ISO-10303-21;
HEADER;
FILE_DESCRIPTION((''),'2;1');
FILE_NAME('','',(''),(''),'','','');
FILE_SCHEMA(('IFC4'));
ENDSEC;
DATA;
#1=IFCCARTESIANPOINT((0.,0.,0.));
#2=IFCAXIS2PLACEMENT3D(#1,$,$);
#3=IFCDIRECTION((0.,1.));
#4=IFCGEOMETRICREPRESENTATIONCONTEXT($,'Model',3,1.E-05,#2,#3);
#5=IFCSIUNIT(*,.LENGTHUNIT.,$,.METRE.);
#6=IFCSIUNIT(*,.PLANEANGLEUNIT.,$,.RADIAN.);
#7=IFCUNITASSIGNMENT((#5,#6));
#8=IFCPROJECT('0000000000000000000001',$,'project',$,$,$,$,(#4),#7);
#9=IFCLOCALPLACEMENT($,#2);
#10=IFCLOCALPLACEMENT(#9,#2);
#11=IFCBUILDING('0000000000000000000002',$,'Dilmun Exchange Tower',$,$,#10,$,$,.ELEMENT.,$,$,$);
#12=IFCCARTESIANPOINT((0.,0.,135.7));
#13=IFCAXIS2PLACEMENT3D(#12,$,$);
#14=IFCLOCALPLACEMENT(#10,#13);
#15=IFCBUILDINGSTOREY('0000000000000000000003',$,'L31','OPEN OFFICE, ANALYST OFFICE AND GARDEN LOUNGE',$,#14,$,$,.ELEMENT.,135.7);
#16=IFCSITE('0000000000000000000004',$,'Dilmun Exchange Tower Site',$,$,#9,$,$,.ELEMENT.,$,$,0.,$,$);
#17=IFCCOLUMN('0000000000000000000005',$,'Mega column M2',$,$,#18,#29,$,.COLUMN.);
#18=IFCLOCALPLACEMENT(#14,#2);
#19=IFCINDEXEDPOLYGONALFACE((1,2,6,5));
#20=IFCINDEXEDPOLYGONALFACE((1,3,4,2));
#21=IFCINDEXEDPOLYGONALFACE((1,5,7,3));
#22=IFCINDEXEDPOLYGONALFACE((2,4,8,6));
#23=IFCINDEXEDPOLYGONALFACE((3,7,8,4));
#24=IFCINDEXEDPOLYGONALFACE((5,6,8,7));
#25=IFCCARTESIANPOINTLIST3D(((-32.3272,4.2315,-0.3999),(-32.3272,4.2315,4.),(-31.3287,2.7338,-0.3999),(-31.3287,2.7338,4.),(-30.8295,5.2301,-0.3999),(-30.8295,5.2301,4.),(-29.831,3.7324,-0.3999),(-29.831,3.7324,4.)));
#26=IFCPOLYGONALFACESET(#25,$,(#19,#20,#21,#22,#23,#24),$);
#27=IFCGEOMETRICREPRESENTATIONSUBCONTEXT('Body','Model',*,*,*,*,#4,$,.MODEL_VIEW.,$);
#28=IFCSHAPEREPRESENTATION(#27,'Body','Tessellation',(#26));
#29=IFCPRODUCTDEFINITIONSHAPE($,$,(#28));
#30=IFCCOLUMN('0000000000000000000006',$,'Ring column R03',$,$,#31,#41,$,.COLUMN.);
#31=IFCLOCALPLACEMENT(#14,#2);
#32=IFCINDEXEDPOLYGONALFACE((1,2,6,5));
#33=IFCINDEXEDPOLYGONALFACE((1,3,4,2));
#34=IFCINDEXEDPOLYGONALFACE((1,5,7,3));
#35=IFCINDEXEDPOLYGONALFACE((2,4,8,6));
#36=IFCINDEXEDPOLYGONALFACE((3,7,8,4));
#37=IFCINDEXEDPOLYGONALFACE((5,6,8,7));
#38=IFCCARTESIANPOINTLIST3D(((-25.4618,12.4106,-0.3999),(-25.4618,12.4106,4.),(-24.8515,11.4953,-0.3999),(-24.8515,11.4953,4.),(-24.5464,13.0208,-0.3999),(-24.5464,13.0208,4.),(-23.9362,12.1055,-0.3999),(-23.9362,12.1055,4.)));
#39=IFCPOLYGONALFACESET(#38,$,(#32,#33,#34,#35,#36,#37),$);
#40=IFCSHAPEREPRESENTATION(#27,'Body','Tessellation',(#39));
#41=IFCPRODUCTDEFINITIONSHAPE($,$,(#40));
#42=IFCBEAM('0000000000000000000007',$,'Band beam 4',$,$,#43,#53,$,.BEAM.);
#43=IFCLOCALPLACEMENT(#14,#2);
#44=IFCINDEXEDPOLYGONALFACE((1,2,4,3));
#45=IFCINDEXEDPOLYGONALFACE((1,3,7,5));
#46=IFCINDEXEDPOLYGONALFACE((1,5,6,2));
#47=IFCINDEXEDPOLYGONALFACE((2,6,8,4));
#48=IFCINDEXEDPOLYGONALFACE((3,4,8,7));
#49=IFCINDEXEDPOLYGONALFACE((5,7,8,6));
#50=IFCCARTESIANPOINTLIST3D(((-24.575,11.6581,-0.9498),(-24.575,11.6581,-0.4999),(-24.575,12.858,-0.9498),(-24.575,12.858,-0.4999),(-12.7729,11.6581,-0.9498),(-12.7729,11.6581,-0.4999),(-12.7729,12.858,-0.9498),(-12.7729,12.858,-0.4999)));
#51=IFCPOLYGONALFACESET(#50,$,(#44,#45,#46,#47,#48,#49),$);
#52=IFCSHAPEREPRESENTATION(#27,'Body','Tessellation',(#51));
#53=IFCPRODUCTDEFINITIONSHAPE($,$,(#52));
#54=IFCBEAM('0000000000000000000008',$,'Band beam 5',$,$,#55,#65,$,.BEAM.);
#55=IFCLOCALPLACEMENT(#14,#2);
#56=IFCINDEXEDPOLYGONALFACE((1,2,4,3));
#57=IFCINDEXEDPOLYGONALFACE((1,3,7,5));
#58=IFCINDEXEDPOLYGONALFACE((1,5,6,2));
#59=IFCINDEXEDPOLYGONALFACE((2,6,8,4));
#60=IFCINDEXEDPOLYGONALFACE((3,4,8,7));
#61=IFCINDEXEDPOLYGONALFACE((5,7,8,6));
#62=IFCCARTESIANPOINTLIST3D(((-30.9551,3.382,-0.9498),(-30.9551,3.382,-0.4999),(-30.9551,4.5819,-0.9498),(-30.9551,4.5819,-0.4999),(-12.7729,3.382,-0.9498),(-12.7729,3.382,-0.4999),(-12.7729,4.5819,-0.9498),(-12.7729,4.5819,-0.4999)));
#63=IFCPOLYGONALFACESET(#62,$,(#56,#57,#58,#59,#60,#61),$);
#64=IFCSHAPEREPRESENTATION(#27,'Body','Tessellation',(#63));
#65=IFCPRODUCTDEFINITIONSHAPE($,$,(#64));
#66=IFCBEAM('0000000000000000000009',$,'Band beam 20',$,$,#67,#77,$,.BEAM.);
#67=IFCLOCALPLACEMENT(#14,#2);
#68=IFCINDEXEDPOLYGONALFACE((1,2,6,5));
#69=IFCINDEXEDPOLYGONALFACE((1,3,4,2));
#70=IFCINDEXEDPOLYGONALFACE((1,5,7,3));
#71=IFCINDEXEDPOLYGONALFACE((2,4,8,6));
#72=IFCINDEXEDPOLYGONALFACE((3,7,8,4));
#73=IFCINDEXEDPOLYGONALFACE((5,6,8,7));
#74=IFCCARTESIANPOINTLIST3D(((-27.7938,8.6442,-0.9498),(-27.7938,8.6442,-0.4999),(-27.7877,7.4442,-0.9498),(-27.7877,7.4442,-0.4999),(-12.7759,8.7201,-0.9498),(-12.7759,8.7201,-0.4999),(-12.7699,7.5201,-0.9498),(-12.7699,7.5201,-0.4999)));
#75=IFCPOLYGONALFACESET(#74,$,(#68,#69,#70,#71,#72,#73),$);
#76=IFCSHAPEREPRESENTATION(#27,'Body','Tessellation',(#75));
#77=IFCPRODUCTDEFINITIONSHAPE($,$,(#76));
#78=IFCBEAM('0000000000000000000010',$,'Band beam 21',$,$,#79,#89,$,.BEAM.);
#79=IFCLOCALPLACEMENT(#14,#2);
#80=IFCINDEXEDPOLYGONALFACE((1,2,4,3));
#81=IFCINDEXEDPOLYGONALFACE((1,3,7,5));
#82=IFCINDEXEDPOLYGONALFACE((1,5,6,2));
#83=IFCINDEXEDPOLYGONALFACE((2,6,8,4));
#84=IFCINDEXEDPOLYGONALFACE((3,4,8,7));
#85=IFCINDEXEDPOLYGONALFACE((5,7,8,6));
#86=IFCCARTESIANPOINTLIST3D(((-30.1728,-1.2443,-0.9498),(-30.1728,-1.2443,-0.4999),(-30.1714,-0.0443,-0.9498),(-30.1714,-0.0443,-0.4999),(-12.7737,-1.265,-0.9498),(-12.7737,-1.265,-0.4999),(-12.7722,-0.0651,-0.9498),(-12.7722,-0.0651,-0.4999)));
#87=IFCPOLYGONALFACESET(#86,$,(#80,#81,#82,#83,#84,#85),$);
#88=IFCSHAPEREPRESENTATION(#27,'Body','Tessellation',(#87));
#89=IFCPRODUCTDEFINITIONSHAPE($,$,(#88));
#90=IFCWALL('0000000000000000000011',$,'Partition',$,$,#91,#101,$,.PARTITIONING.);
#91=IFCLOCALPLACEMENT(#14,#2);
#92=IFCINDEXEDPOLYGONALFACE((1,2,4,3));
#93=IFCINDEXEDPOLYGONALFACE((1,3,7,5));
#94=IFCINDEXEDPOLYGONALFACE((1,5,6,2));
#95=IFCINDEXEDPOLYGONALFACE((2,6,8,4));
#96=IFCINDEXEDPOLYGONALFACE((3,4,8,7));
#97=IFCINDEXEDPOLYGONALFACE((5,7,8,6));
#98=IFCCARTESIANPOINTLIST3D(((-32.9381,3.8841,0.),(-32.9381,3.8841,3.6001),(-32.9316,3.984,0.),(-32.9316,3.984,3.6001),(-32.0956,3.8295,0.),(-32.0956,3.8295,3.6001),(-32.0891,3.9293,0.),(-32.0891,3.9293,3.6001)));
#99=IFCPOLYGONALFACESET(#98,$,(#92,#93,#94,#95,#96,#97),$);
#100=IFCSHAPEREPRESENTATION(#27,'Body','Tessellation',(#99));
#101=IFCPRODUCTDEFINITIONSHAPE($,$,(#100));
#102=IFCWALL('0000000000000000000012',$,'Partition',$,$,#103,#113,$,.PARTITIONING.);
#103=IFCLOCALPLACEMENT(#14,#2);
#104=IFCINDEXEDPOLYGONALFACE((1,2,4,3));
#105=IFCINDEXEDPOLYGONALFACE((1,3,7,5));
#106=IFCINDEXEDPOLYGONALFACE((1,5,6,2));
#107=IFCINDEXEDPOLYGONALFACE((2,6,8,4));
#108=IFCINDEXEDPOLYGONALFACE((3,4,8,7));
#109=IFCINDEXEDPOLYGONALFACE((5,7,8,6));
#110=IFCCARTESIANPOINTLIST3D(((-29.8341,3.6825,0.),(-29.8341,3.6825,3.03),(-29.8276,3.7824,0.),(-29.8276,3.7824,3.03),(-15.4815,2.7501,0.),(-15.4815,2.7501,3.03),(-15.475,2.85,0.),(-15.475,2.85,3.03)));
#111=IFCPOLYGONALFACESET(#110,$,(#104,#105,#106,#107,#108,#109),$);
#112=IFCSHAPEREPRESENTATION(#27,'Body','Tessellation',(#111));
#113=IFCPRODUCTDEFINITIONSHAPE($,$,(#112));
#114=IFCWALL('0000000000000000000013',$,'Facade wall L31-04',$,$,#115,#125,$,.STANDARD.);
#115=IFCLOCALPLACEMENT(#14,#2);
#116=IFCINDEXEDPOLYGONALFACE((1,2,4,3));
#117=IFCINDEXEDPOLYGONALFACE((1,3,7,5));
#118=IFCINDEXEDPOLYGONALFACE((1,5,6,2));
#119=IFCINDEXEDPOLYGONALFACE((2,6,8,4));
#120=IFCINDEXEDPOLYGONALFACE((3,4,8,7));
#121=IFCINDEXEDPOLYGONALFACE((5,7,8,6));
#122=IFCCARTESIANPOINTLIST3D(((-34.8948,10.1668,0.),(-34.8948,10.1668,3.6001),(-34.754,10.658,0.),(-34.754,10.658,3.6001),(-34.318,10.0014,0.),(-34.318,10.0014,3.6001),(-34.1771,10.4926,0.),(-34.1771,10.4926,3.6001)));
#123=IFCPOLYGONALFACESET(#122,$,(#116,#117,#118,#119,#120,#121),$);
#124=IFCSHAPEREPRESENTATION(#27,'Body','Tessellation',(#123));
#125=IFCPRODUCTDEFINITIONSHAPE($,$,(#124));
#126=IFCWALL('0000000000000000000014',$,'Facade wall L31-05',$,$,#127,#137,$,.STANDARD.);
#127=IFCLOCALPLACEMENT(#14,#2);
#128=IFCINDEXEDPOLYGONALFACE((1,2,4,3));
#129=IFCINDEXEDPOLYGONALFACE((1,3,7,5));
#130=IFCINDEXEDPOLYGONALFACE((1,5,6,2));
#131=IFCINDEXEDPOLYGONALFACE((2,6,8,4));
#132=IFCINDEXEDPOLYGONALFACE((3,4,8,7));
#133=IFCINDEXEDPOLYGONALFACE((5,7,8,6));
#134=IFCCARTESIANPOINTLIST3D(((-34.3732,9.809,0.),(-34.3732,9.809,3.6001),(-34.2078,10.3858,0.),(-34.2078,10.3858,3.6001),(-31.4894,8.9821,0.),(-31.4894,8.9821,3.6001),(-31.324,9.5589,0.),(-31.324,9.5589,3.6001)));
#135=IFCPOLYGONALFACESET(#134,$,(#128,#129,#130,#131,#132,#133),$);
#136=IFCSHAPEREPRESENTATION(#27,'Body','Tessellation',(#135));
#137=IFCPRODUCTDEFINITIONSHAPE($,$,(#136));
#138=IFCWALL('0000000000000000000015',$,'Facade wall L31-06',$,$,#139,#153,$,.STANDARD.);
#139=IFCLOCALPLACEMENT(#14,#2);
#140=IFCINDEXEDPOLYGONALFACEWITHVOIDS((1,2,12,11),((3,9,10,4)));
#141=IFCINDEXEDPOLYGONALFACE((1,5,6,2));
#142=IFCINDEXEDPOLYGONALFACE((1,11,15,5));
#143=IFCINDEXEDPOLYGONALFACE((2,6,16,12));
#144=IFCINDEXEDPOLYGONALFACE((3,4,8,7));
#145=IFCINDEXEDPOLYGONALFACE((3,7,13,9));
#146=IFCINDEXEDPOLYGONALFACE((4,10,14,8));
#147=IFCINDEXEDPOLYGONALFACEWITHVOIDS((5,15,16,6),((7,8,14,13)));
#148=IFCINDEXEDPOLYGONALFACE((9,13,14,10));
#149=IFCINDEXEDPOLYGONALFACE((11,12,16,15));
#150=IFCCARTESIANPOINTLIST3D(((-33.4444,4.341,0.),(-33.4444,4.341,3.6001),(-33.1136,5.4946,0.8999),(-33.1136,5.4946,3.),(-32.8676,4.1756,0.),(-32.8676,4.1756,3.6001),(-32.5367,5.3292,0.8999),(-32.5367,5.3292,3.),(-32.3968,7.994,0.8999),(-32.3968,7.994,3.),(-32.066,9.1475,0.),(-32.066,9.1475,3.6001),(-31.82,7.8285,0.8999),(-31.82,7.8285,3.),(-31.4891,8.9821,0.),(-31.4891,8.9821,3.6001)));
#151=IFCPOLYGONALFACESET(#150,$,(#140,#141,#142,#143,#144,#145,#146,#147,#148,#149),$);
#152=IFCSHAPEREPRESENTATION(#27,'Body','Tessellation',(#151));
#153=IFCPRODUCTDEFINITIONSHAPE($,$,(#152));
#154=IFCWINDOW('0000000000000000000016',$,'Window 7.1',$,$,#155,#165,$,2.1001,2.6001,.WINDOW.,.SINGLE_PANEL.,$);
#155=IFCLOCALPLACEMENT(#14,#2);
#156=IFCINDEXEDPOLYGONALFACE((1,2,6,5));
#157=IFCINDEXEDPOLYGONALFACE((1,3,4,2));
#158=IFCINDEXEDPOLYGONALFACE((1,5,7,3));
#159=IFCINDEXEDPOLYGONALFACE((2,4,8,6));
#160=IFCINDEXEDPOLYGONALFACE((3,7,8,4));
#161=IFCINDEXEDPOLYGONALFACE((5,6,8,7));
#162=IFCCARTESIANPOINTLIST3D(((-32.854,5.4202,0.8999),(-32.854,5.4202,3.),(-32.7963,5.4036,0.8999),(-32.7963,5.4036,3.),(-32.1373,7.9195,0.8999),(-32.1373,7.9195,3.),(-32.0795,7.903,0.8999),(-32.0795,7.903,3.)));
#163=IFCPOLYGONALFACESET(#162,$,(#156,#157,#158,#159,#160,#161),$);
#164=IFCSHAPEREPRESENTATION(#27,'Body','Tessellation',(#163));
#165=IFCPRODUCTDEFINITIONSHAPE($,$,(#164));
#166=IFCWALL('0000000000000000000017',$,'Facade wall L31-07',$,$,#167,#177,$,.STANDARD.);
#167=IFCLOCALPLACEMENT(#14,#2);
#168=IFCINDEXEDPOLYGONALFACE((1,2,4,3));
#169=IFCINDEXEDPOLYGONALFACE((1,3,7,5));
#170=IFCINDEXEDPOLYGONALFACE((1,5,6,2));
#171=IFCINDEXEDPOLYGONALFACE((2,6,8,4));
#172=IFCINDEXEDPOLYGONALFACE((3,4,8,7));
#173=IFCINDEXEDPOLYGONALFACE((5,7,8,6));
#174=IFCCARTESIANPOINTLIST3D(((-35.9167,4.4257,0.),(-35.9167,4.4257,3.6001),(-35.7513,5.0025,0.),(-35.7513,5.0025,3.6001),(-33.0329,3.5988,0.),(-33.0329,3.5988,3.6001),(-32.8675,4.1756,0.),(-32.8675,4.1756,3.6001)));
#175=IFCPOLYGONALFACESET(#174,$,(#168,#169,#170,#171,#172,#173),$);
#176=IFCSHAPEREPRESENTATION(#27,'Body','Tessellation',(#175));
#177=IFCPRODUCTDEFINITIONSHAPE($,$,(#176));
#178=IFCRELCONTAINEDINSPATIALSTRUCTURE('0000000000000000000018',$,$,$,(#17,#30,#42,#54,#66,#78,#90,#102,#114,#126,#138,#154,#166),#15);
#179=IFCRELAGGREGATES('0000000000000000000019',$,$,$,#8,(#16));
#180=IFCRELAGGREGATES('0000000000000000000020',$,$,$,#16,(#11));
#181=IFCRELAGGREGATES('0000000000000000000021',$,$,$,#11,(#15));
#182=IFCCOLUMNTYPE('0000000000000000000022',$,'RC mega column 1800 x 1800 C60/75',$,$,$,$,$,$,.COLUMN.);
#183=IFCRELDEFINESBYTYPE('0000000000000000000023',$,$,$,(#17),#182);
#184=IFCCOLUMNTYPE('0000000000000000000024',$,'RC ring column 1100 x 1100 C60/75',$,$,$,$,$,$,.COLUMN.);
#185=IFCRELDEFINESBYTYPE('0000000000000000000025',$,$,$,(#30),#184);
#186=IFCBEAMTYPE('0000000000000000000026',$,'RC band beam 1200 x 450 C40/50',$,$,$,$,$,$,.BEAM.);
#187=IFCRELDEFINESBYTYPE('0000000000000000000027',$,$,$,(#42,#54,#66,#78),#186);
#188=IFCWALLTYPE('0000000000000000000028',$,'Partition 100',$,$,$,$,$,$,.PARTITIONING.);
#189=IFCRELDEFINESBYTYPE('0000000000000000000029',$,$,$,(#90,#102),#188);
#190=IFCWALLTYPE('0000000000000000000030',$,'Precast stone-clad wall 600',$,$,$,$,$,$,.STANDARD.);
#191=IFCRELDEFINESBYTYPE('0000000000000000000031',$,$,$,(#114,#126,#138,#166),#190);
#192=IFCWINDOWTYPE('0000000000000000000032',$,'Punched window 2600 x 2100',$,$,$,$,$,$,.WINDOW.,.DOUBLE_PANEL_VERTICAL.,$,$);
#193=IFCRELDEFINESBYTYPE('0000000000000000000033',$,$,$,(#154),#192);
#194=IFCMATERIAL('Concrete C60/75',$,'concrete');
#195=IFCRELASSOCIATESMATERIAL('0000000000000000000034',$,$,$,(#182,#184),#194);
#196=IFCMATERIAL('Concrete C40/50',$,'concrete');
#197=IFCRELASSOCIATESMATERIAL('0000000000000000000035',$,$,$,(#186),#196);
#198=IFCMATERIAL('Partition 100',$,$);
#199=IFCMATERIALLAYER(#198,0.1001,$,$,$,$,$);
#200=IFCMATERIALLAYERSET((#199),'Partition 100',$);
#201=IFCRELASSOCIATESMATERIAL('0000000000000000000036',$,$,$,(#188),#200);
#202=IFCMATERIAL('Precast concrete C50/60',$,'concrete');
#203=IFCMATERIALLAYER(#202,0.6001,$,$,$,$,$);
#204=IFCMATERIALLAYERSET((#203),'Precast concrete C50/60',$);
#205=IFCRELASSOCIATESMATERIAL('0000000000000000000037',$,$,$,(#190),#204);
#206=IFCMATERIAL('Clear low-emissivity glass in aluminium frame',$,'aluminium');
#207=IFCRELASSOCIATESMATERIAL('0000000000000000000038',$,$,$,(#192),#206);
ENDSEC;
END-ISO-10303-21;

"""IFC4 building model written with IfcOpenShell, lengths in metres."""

from ifc_helpers import new_model, si_unit, direction, frame, frame_2d, origin, origin_2d, place, context, subcontext, project, spatial, rectangle, extrude, material, layer, layer_set, material_profile, profile_set, type_object, element, fill, save


model = new_model("IFC4")

# Units and contexts
model_context = context("Model", 3, precision=1e-05, world=origin(), true_north=direction((0.0, 1.0)))
body_context = subcontext(model_context, "Body", "Model", "MODEL_VIEW")
ifc_project = project(units=[si_unit("LENGTHUNIT", "METRE"), si_unit("PLANEANGLEUNIT", "RADIAN")], contexts=[model_context])

# Site, building, storey
site_placement = place(None, origin())
site = spatial("IfcSite", under=ifc_project, at=site_placement, Name="Dilmun Exchange Tower Site", CompositionType="ELEMENT", RefElevation=0.0)
building_placement = place(site_placement, origin())
building = spatial("IfcBuilding", under=site, at=building_placement, Name="Dilmun Exchange Tower", CompositionType="ELEMENT")
storey_placement = place(building_placement, frame((0.0, 0.0, 135.7)))
storey = spatial("IfcBuildingStorey", under=building, at=storey_placement, Name="L31", Description="OPEN OFFICE, ANALYST OFFICE AND GARDEN LOUNGE", CompositionType="ELEMENT", Elevation=135.7)

# Columns
ifc_material_1 = material(Name="Concrete C60/75", Category="concrete")
ifc_material_profile_1 = material_profile(ifc_material_1, rectangle(XDim=1.8, YDim=1.8, at=origin_2d()), Name="1800 x 1800")
ifc_profile_set_1 = profile_set([ifc_material_profile_1], Name="Concrete C60/75")
column_type_1 = type_object("IfcColumnType", Name="RC mega column 1800 x 1800 C60/75", PredefinedType="COLUMN", material=ifc_profile_set_1)
column_1_placement = place(storey_placement, frame((-31.0791, 3.9819, -0.3999), z_axis=(0.0, 0.0, 1.0), x_axis=(0.832029, 0.554733, 0.0)))
element("IfcColumn", 1, at=column_1_placement, inside=storey, type_object=column_type_1, Name="Mega column M2", PredefinedType="COLUMN", context=body_context, shape_type="SweptSolid", body=[
    extrude(rectangle(XDim=1.8, YDim=1.8, at=origin_2d()), origin(), (0.0, 0.0, 1.0), 4.3999),
])
ifc_material_profile_2 = material_profile(ifc_material_1, rectangle(XDim=1.1001, YDim=1.1001, at=origin_2d()), Name="1100 x 1100")
ifc_profile_set_2 = profile_set([ifc_material_profile_2], Name="Concrete C60/75")
column_type_2 = type_object("IfcColumnType", Name="RC ring column 1100 x 1100 C60/75", PredefinedType="COLUMN", material=ifc_profile_set_2)
column_2_placement = place(storey_placement, frame((-24.699, 12.2581, -0.3999), z_axis=(0.0, 0.0, 1.0), x_axis=(0.832029, 0.554733, 0.0)))
element("IfcColumn", 2, at=column_2_placement, inside=storey, type_object=column_type_2, Name="Ring column R03", PredefinedType="COLUMN", context=body_context, shape_type="SweptSolid", body=[
    extrude(rectangle(XDim=1.1001, YDim=1.1001, at=origin_2d()), origin(), (0.0, 0.0, 1.0), 4.3999),
])

# Beams
ifc_material_2 = material(Name="Concrete C40/50", Category="concrete")
ifc_material_profile_3 = material_profile(ifc_material_2, rectangle(XDim=1.2, YDim=0.45, at=origin_2d()), Name="1200 x 450")
ifc_profile_set_3 = profile_set([ifc_material_profile_3], Name="Concrete C40/50")
beam_type = type_object("IfcBeamType", Name="RC band beam 1200 x 450 C40/50", PredefinedType="BEAM", material=ifc_profile_set_3)
beam_1_placement = place(storey_placement, frame((-24.575, 12.2581, -0.7249), z_axis=(1.0, 0.0, 0.0), x_axis=(0.0, 1.0, 0.0)))
element("IfcBeam", 3, at=beam_1_placement, inside=storey, type_object=beam_type, Name="Band beam 4", PredefinedType="BEAM", context=body_context, shape_type="SweptSolid", body=[
    extrude(rectangle(XDim=1.2, YDim=0.45, at=origin_2d()), origin(), (0.0, 0.0, 1.0), 11.802),
])
beam_2_placement = place(storey_placement, frame((-30.9551, 3.9819, -0.7249), z_axis=(1.0, 0.0, 0.0), x_axis=(0.0, 1.0, 0.0)))
element("IfcBeam", 4, at=beam_2_placement, inside=storey, type_object=beam_type, Name="Band beam 5", PredefinedType="BEAM", context=body_context, shape_type="SweptSolid", body=[
    extrude(rectangle(XDim=1.2, YDim=0.45, at=origin_2d()), origin(), (0.0, 0.0, 1.0), 18.1821),
])
beam_3_placement = place(storey_placement, frame((-27.7908, 8.0442, -0.7249), z_axis=(0.999987, 0.005056, 0.0), x_axis=(-0.005056, 0.999987, 0.0)))
element("IfcBeam", 5, at=beam_3_placement, inside=storey, type_object=beam_type, Name="Band beam 20", PredefinedType="BEAM", context=body_context, shape_type="SweptSolid", body=[
    extrude(rectangle(XDim=1.2, YDim=0.45, at=origin_2d()), origin(), (0.0, 0.0, 1.0), 15.0181),
])
beam_4_placement = place(storey_placement, frame((-30.1721, -0.6443, -0.7249), z_axis=(0.999999, -0.001193, 0.0), x_axis=(0.001193, 0.999999, 0.0)))
element("IfcBeam", 6, at=beam_4_placement, inside=storey, type_object=beam_type, Name="Band beam 21", PredefinedType="BEAM", context=body_context, shape_type="SweptSolid", body=[
    extrude(rectangle(XDim=1.2, YDim=0.45, at=origin_2d()), origin(), (0.0, 0.0, 1.0), 17.3992),
])

# Walls
ifc_material_3 = material(Name="Partition 100")
ifc_layer_1 = layer(ifc_material_3, 0.1001)
ifc_layer_set_1 = layer_set([ifc_layer_1], Name="Partition 100")
wall_type_1 = type_object("IfcWallType", Name="Partition 100", PredefinedType="PARTITIONING", material=ifc_layer_set_1)
wall_1_placement = place(storey_placement, frame((-32.9348, 3.9341, 0.0), z_axis=(0.0, 0.0, 1.0), x_axis=(0.9979, -0.064772, 0.0)))
element("IfcWall", 7, at=wall_1_placement, inside=storey, type_object=wall_type_1, Name="Partition", PredefinedType="PARTITIONING", context=body_context, shape_type="SweptSolid", body=[
    extrude(rectangle(XDim=0.8442, YDim=0.1001, at=frame_2d((0.4221, 0.0))), origin(), (0.0, 0.0, 1.0), 3.6001),
])
wall_2_placement = place(storey_placement, frame((-29.8308, 3.7324, 0.0), z_axis=(0.0, 0.0, 1.0), x_axis=(0.997897, -0.064826, 0.0)))
element("IfcWall", 8, at=wall_2_placement, inside=storey, type_object=wall_type_1, Name="Partition", PredefinedType="PARTITIONING", context=body_context, shape_type="SweptSolid", body=[
    extrude(rectangle(XDim=14.3828, YDim=0.1001, at=frame_2d((7.1914, 0.0))), origin(), (0.0, 0.0, 1.0), 3.03),
])
ifc_material_4 = material(Name="Precast concrete C50/60", Category="concrete")
ifc_layer_2 = layer(ifc_material_4, 0.6001)
ifc_layer_set_2 = layer_set([ifc_layer_2], Name="Precast concrete C50/60")
wall_type_2 = type_object("IfcWallType", Name="Precast stone-clad wall 600", PredefinedType="STANDARD", material=ifc_layer_set_2)
wall_3_placement = place(storey_placement, frame((-34.4656, 10.5752, 0.0), z_axis=(0.0, 0.0, 1.0), x_axis=(-0.275668, -0.961253, 0.0)))
element("IfcWall", 9, at=wall_3_placement, inside=storey, type_object=wall_type_2, Name="Facade wall L31-04", PredefinedType="STANDARD", context=body_context, shape_type="SweptSolid", body=[
    extrude(rectangle(XDim=0.511, YDim=0.6001, at=frame_2d((0.2554, 0.0))), origin(), (0.0, 0.0, 1.0), 3.6001),
])
wall_4_placement = place(storey_placement, frame((-34.2905, 10.0974, 0.0), z_axis=(0.0, 0.0, 1.0), x_axis=(0.961262, -0.275635, 0.0)))
element("IfcWall", 10, at=wall_4_placement, inside=storey, type_object=wall_type_2, Name="Facade wall L31-05", PredefinedType="STANDARD", context=body_context, shape_type="SweptSolid", body=[
    extrude(rectangle(XDim=3.0, YDim=0.6001, at=frame_2d((1.5, 0.0))), origin(), (0.0, 0.0, 1.0), 3.6001),
])

# Wall, opening, window
wall_5_placement = place(storey_placement, frame((-31.7776, 9.0647, 0.0), z_axis=(0.0, 0.0, 1.0), x_axis=(-0.275675, -0.961251, 0.0)))
wall_5 = element("IfcWall", 11, at=wall_5_placement, inside=storey, type_object=wall_type_2, Name="Facade wall L31-06", PredefinedType="STANDARD", context=body_context, shape_type="SweptSolid", body=[
    extrude(rectangle(XDim=5.0002, YDim=0.6001, at=frame_2d((2.5, 0.0))), origin(), (0.0, 0.0, 1.0), 3.6001),
])
opening_1_placement = place(wall_5_placement, frame((1.2, 0.0, 0.8999)))
opening_1 = element("IfcOpeningElement", 12, at=opening_1_placement, cuts=wall_5, PredefinedType="OPENING", context=body_context, shape_type="SweptSolid", body=[
    extrude(rectangle(XDim=2.6001, YDim=2.1001, at=frame_2d((1.3, 1.05))), frame((0.0, 0.3101, 0.0), z_axis=(0.0, -1.0, 0.0), x_axis=(1.0, 0.0, 0.0)), (0.0, 0.0, 1.0), 0.6201),
])
ifc_material_5 = material(Name="Clear low-emissivity glass in aluminium frame", Category="aluminium")
window_type_1 = type_object("IfcWindowType", Name="Punched window 2600 x 2100", PartitioningType="DOUBLE_PANEL_VERTICAL", PredefinedType="WINDOW", material=ifc_material_5)
window_1_placement = place(opening_1_placement, origin())
window_1 = element("IfcWindow", 13, at=window_1_placement, inside=storey, type_object=window_type_1, Name="Window 7.1", OverallHeight=2.1001, OverallWidth=2.6001, PartitioningType="SINGLE_PANEL", PredefinedType="WINDOW", context=body_context, shape_type="SweptSolid", body=[
    extrude(rectangle(XDim=2.6001, YDim=2.1001, at=frame_2d((1.3, 1.05))), frame((0.0, 0.03, 0.0), z_axis=(0.0, -1.0, 0.0), x_axis=(1.0, 0.0, 0.0)), (0.0, 0.0, 1.0), 0.0601),
])
fill(opening_1, window_1)

# Wall
wall_6_placement = place(storey_placement, frame((-32.9502, 3.8872, 0.0), z_axis=(0.0, 0.0, 1.0), x_axis=(-0.961262, 0.275635, 0.0)))
element("IfcWall", 14, at=wall_6_placement, inside=storey, type_object=wall_type_2, Name="Facade wall L31-07", PredefinedType="STANDARD", context=body_context, shape_type="SweptSolid", body=[
    extrude(rectangle(XDim=3.0, YDim=0.6001, at=frame_2d((1.5, 0.0))), origin(), (0.0, 0.0, 1.0), 3.6001),
])

save(model, "model.ifc")
